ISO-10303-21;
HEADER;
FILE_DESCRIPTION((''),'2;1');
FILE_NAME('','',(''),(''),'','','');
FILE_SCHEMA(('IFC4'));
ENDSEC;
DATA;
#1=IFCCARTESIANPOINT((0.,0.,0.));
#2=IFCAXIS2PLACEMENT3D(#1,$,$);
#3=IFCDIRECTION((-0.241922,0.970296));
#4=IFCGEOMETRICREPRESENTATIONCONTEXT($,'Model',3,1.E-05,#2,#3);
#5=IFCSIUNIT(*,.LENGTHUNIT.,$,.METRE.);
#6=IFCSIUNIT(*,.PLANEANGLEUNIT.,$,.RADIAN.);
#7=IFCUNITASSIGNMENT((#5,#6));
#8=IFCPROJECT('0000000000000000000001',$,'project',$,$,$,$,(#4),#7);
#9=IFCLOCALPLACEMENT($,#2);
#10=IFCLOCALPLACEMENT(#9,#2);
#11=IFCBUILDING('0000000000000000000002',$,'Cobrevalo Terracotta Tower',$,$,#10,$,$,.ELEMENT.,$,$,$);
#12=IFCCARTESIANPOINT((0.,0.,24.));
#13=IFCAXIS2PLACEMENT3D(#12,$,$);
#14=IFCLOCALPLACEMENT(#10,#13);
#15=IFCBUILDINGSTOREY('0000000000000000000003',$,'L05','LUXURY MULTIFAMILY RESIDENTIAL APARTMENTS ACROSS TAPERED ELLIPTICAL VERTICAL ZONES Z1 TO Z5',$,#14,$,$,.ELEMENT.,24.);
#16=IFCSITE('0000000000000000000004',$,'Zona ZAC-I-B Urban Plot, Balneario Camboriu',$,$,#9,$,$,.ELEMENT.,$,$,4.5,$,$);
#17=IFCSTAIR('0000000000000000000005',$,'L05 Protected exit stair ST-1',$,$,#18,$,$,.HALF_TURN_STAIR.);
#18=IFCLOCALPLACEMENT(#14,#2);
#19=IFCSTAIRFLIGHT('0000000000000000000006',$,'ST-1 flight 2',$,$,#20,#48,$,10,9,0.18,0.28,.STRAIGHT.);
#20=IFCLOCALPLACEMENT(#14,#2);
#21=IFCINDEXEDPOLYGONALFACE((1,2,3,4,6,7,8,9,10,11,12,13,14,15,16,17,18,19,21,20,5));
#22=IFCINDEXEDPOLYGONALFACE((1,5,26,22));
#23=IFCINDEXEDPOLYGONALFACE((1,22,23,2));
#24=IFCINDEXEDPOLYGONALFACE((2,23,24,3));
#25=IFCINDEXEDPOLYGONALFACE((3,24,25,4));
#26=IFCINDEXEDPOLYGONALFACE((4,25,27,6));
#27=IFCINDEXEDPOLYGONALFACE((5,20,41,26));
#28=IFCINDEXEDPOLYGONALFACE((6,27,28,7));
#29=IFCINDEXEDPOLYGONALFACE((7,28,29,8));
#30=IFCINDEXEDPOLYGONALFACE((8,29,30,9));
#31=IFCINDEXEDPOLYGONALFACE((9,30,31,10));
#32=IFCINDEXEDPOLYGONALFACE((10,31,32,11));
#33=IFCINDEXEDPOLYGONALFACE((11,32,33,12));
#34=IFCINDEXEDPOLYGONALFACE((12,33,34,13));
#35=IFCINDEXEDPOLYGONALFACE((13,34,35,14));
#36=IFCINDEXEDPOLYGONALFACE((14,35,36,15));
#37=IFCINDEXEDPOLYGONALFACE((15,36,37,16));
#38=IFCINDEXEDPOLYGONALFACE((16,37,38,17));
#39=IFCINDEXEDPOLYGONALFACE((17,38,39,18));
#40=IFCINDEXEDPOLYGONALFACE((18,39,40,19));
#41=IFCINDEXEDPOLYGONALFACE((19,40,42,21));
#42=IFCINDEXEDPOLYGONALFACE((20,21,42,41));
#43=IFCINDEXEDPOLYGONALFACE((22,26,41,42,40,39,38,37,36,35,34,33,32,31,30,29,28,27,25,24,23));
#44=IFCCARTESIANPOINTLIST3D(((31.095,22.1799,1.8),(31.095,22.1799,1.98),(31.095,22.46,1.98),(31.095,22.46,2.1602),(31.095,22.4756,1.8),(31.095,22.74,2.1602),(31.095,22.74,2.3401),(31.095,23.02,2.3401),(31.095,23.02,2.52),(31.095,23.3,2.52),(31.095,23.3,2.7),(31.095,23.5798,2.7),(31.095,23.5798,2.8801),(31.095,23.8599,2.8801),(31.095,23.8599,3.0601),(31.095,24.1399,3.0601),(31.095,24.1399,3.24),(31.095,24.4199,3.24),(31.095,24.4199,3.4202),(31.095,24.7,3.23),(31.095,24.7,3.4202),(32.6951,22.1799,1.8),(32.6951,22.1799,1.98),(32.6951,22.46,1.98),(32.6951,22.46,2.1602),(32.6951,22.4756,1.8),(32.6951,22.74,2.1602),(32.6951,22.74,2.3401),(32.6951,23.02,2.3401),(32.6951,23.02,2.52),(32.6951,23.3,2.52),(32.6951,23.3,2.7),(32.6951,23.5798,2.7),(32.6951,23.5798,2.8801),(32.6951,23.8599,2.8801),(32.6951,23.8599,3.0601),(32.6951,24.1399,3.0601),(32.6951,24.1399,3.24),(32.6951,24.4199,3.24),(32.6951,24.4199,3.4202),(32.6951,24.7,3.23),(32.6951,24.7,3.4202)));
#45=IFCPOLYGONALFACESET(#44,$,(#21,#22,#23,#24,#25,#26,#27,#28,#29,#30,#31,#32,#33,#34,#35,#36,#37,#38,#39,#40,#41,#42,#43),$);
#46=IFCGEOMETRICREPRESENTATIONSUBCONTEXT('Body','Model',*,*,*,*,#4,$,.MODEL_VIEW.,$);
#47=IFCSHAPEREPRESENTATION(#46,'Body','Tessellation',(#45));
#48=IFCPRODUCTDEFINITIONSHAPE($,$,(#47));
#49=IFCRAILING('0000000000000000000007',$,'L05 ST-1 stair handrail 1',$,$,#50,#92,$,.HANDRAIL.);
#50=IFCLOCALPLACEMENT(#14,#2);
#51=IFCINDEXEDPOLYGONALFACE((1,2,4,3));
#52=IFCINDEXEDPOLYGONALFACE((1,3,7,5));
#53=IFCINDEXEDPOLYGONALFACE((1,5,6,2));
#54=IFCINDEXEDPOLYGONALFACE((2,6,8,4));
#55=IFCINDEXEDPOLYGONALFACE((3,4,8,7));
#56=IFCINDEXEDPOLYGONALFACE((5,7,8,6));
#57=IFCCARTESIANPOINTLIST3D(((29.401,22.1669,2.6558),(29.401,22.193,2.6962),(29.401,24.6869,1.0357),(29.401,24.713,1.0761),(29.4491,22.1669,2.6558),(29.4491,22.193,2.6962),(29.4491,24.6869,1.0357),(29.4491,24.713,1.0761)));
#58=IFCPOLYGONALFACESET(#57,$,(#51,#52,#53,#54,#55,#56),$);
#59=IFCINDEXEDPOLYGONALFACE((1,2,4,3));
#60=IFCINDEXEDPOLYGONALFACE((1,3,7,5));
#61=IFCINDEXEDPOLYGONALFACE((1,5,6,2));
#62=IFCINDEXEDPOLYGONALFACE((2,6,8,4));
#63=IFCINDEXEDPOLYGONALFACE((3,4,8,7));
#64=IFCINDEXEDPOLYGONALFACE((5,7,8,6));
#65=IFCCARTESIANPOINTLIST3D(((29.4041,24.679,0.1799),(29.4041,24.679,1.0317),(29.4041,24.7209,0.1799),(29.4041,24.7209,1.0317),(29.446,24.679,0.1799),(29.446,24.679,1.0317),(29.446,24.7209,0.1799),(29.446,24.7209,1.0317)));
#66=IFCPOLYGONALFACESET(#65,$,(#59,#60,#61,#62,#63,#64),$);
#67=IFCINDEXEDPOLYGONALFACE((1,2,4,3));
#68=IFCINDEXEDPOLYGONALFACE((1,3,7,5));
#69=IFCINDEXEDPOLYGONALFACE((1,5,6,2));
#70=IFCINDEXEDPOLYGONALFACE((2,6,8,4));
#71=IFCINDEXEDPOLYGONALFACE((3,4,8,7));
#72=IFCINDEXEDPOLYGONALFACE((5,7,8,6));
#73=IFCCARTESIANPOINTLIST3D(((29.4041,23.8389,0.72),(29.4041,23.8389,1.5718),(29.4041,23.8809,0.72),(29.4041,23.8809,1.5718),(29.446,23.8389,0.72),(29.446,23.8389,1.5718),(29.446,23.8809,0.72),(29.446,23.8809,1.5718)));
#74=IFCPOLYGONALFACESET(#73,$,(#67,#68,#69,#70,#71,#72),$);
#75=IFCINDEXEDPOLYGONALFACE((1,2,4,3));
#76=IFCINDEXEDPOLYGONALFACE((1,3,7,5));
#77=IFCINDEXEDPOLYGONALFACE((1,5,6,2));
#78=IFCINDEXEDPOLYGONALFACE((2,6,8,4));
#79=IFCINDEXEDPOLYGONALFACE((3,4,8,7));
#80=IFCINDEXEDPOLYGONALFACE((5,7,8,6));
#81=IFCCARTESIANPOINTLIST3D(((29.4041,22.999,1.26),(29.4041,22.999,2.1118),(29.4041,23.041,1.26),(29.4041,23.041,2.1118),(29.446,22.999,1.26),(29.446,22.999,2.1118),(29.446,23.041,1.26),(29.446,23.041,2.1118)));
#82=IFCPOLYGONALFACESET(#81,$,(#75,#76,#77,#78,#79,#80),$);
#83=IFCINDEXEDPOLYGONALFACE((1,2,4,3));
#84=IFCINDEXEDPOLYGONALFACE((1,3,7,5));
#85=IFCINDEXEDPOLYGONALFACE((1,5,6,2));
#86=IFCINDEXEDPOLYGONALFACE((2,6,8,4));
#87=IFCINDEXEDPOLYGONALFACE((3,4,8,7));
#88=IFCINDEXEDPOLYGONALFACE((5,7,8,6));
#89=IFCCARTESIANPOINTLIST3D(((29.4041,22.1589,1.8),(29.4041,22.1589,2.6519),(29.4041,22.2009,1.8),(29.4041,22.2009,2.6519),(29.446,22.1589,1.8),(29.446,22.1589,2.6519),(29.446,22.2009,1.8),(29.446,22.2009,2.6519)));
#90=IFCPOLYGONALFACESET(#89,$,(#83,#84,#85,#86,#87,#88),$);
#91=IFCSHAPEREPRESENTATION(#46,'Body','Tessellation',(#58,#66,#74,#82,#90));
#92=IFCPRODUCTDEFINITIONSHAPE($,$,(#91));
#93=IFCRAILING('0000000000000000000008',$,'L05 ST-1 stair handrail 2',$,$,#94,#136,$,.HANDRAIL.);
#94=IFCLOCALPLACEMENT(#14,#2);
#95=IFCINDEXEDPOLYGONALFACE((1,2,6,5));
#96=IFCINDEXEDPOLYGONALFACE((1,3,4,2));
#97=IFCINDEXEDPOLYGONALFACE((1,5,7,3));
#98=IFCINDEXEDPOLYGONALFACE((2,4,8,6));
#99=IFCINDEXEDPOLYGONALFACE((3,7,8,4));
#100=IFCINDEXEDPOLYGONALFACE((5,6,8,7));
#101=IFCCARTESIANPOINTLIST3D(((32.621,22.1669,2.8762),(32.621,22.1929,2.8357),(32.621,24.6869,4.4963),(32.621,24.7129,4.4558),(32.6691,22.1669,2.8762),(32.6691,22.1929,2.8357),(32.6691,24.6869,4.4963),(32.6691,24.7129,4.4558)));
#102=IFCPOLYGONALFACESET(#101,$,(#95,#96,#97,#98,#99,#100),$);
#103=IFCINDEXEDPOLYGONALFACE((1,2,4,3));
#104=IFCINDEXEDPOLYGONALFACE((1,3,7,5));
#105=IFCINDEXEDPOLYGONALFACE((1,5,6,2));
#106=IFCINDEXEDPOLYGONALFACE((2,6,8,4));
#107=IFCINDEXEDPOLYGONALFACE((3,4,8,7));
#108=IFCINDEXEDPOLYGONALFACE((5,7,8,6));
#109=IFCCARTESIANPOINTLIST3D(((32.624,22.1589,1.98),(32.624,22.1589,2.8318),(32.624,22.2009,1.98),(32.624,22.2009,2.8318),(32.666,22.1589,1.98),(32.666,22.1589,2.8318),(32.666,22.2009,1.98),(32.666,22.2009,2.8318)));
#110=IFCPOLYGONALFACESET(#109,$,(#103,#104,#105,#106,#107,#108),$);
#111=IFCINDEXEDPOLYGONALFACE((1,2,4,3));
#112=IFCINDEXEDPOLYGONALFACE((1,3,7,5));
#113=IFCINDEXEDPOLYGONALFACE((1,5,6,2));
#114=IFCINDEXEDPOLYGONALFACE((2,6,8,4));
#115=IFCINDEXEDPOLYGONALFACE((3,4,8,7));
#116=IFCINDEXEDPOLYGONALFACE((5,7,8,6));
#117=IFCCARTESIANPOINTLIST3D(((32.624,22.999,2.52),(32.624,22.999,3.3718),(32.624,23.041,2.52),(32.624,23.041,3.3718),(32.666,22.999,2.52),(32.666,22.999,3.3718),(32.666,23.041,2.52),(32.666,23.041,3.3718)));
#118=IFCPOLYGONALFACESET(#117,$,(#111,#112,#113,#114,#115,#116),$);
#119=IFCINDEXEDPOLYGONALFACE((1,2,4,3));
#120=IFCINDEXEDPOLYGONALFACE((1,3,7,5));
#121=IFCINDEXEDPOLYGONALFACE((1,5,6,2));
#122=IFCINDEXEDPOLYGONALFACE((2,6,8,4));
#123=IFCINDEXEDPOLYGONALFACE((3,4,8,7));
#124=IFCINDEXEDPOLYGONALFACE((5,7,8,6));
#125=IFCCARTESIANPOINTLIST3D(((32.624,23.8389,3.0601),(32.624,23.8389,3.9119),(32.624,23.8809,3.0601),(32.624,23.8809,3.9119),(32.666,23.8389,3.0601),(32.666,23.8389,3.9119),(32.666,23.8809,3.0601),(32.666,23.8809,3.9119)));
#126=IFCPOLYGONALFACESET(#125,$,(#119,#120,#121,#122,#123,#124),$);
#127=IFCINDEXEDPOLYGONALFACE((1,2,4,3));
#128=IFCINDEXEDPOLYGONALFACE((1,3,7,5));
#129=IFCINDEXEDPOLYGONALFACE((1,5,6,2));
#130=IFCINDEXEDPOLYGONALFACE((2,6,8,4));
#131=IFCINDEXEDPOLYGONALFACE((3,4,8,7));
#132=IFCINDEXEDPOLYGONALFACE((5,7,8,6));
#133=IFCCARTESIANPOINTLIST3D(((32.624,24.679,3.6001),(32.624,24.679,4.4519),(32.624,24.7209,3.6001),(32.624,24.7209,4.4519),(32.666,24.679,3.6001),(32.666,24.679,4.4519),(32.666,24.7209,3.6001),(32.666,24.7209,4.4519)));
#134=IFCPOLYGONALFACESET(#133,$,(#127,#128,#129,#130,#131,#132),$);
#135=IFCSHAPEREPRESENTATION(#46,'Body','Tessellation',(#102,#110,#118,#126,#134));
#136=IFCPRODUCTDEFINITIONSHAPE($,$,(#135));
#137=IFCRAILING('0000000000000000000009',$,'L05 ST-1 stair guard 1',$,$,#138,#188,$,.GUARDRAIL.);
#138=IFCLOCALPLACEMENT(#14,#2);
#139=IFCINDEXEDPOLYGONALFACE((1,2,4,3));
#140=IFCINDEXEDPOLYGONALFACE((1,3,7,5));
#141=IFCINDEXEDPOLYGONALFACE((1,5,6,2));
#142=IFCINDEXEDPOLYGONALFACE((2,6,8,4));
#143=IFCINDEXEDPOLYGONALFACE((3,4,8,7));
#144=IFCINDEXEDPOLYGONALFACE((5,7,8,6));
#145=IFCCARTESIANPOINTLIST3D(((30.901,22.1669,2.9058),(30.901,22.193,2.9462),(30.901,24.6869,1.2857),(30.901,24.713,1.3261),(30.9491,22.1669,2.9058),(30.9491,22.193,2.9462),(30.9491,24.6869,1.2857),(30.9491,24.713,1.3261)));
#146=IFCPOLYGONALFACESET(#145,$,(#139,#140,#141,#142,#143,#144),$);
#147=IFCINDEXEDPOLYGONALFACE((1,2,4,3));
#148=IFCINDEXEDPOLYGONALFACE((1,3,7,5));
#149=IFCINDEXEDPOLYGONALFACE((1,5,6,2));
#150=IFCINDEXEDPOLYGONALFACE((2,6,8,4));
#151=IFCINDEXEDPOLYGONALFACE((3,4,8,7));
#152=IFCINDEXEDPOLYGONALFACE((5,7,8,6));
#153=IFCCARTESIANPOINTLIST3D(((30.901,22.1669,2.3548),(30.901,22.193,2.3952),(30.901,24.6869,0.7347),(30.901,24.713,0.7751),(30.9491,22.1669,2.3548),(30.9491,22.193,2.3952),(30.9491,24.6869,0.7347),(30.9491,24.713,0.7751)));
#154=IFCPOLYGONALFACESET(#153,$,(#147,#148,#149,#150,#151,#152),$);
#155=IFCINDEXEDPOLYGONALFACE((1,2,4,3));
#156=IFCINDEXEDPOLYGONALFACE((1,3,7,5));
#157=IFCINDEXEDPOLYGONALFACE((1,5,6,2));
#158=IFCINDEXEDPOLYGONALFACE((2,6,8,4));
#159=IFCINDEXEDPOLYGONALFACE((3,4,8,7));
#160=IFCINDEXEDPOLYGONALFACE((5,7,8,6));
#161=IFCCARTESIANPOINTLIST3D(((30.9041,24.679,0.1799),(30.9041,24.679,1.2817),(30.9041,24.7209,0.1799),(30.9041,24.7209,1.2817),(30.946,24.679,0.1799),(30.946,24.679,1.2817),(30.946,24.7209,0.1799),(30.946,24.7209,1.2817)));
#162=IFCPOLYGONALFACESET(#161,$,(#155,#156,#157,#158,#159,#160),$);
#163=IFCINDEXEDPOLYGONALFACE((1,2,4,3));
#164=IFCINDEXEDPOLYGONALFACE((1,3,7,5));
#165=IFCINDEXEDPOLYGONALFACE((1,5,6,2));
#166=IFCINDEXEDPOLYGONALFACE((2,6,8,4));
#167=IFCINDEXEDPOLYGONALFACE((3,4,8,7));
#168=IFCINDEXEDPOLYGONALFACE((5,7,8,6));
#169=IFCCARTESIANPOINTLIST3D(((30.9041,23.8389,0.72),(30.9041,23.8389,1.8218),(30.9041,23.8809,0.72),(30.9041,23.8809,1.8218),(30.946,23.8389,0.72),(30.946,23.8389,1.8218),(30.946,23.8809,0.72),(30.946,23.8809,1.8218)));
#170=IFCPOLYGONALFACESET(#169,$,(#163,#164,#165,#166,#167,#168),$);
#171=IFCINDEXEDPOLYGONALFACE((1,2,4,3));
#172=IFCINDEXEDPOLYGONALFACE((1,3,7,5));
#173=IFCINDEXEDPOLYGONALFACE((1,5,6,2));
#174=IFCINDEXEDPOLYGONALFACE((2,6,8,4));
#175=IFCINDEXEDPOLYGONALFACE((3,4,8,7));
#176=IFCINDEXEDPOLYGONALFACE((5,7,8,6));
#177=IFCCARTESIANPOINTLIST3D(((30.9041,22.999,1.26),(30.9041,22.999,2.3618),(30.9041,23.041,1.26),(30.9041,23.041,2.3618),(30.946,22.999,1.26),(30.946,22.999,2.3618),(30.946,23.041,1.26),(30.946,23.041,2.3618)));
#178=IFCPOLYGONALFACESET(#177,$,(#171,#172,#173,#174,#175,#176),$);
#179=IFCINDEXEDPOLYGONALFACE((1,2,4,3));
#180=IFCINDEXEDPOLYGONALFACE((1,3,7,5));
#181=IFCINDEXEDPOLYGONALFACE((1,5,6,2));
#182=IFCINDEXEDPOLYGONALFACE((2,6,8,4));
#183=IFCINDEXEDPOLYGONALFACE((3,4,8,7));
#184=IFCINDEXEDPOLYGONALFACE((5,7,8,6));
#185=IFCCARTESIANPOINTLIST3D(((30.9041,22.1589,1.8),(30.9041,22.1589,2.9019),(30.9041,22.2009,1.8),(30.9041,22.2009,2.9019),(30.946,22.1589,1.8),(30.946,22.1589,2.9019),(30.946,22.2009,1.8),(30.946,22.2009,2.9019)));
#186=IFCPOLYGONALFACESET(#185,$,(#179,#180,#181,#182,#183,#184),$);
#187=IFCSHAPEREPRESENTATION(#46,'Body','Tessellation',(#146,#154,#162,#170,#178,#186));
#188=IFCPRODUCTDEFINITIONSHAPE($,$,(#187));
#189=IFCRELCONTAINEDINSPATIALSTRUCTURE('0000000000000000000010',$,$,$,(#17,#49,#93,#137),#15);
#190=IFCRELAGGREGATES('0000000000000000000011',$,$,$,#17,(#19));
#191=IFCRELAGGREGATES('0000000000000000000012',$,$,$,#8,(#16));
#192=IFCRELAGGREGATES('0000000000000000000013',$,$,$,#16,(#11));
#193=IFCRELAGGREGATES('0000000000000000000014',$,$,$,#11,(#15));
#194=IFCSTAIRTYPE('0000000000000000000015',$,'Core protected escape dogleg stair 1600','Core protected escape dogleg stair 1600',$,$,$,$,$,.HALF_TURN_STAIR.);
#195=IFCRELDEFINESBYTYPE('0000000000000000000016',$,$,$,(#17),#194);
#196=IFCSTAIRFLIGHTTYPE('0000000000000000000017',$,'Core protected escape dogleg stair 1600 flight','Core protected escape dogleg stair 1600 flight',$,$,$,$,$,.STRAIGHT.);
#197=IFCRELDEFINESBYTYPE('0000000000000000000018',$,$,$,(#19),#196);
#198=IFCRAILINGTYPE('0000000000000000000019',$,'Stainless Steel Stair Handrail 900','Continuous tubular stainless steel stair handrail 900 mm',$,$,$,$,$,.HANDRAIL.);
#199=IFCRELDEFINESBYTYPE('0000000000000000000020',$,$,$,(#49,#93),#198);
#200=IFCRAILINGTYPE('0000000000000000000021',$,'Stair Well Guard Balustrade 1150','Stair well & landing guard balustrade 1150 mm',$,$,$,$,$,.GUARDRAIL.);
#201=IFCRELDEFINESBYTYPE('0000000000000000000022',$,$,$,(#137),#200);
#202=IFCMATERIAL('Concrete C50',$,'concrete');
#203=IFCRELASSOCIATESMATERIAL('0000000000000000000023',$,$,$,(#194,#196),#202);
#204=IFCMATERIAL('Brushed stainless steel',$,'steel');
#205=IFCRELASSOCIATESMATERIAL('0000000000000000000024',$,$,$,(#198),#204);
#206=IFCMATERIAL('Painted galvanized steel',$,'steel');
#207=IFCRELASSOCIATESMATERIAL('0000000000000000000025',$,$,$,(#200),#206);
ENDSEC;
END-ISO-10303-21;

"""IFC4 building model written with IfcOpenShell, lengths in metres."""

from ifc_helpers import new_model, si_unit, direction, frame, origin, origin_2d, place, context, subcontext, project, spatial, polyline, rectangle, outline, extrude, material, type_object, element, aggregate, save


model = new_model("IFC4")

# Units and contexts
model_context = context("Model", 3, precision=1e-05, world=origin(), true_north=direction((-0.241922, 0.970296)))
body_context = subcontext(model_context, "Body", "Model", "MODEL_VIEW")
ifc_project = project(units=[si_unit("LENGTHUNIT", "METRE"), si_unit("PLANEANGLEUNIT", "RADIAN")], contexts=[model_context])

# Site, building, storey
site_placement = place(None, origin())
site = spatial("IfcSite", under=ifc_project, at=site_placement, Name="Zona ZAC-I-B Urban Plot, Balneario Camboriu", CompositionType="ELEMENT", RefElevation=4.5)
building_placement = place(site_placement, origin())
building = spatial("IfcBuilding", under=site, at=building_placement, Name="Cobrevalo Terracotta Tower", CompositionType="ELEMENT")
storey_placement = place(building_placement, frame((0.0, 0.0, 24.0)))
storey = spatial("IfcBuildingStorey", under=building, at=storey_placement, Name="L05", Description="LUXURY MULTIFAMILY RESIDENTIAL APARTMENTS ACROSS TAPERED ELLIPTICAL VERTICAL ZONES Z1 TO Z5", CompositionType="ELEMENT", Elevation=24.0)

# Shared definitions
ifc_material_1 = material(Name="Brushed stainless steel", Category="steel")

# Shared definitions
ifc_material_2 = material(Name="Concrete C50", Category="concrete")

# Stair, stair flight
stair_type = type_object("IfcStairType", Name="Core protected escape dogleg stair 1600", Description="Core protected escape dogleg stair 1600", PredefinedType="HALF_TURN_STAIR", material=ifc_material_2)
stair_placement = place(storey_placement, origin())
stair = element("IfcStair", 1, at=stair_placement, inside=storey, type_object=stair_type, Name="L05 Protected exit stair ST-1", PredefinedType="HALF_TURN_STAIR")
stair_flight_type = type_object("IfcStairFlightType", Name="Core protected escape dogleg stair 1600 flight", Description="Core protected escape dogleg stair 1600 flight", PredefinedType="STRAIGHT", material=ifc_material_2)
stair_flight_1_placement = place(storey_placement, frame((31.895, 22.1799, 1.8), z_axis=(0.0, 0.0, 1.0), x_axis=(0.0, 1.0, 0.0)))
stair_flight_1 = element("IfcStairFlight", 2, at=stair_flight_1_placement, type_object=stair_flight_type, Name="ST-1 flight 2", NumberOfRisers=10, NumberOfTreads=9, PredefinedType="STRAIGHT", RiserHeight=0.18, TreadLength=0.28, context=body_context, shape_type="SweptSolid", body=[
    extrude(outline(polyline([(0.0, 0.0), (0.0, 0.1799), (0.28, 0.1799), (0.28, 0.3601), (0.5601, 0.3601), (0.5601, 0.54), (0.8401, 0.54), (0.8401, 0.72), (1.1201, 0.72), (1.1201, 0.8999), (1.3999, 0.8999), (1.3999, 1.0801), (1.6799, 1.0801), (1.6799, 1.26), (1.96, 1.26), (1.96, 1.4399), (2.24, 1.4399), (2.24, 1.6201), (2.52, 1.6201), (2.52, 1.8), (2.52, 1.4299), (0.2957, 0.0), (0.0, 0.0)])), frame((0.0, 0.8, 0.0), z_axis=(0.0, -1.0, 0.0), x_axis=(1.0, 0.0, 0.0)), (0.0, 0.0, 1.0), 1.6001),
])
aggregate(stair, [stair_flight_1])

# Railings
railing_type_1 = type_object("IfcRailingType", Name="Stainless Steel Stair Handrail 900", Description="Continuous tubular stainless steel stair handrail 900 mm", PredefinedType="HANDRAIL", material=ifc_material_1)
railing_1_placement = place(storey_placement, frame((29.425, 24.7, 0.1799)))
element("IfcRailing", 3, at=railing_1_placement, inside=storey, type_object=railing_type_1, Name="L05 ST-1 stair handrail 1", PredefinedType="HANDRAIL", context=body_context, shape_type="SweptSolid", body=[
    extrude(rectangle(XDim=0.0481, YDim=0.0481, at=origin_2d()), frame((0.0, 0.0, 0.876), z_axis=(0.0, -0.841163, 0.540782), x_axis=(1.0, 0.0, 0.0)), (0.0, 0.0, 1.0), 2.9958),
    extrude(rectangle(XDim=0.042, YDim=0.042, at=origin_2d()), origin(), (0.0, 0.0, 1.0), 0.8518),
    extrude(rectangle(XDim=0.042, YDim=0.042, at=origin_2d()), frame((0.0, -0.8401, 0.54)), (0.0, 0.0, 1.0), 0.8518),
    extrude(rectangle(XDim=0.042, YDim=0.042, at=origin_2d()), frame((0.0, -1.6799, 1.0801)), (0.0, 0.0, 1.0), 0.8518),
    extrude(rectangle(XDim=0.042, YDim=0.042, at=origin_2d()), frame((0.0, -2.52, 1.6201)), (0.0, 0.0, 1.0), 0.8518),
])
railing_2_placement = place(storey_placement, frame((32.645, 22.1799, 1.98)))
element("IfcRailing", 4, at=railing_2_placement, inside=storey, type_object=railing_type_1, Name="L05 ST-1 stair handrail 2", PredefinedType="HANDRAIL", context=body_context, shape_type="SweptSolid", body=[
    extrude(rectangle(XDim=0.0481, YDim=0.0481, at=origin_2d()), frame((0.0, 0.0, 0.876), z_axis=(0.0, 0.841163, 0.540782), x_axis=(-1.0, 0.0, 0.0)), (0.0, 0.0, 1.0), 2.9958),
    extrude(rectangle(XDim=0.042, YDim=0.042, at=origin_2d()), origin(), (0.0, 0.0, 1.0), 0.8518),
    extrude(rectangle(XDim=0.042, YDim=0.042, at=origin_2d()), frame((0.0, 0.8401, 0.54)), (0.0, 0.0, 1.0), 0.8518),
    extrude(rectangle(XDim=0.042, YDim=0.042, at=origin_2d()), frame((0.0, 1.6799, 1.0801)), (0.0, 0.0, 1.0), 0.8518),
    extrude(rectangle(XDim=0.042, YDim=0.042, at=origin_2d()), frame((0.0, 2.52, 1.6201)), (0.0, 0.0, 1.0), 0.8518),
])
ifc_material_3 = material(Name="Painted galvanized steel", Category="steel")
railing_type_2 = type_object("IfcRailingType", Name="Stair Well Guard Balustrade 1150", Description="Stair well & landing guard balustrade 1150 mm", PredefinedType="GUARDRAIL", material=ifc_material_3)
railing_3_placement = place(storey_placement, frame((30.925, 24.7, 0.1799)))
element("IfcRailing", 5, at=railing_3_placement, inside=storey, type_object=railing_type_2, Name="L05 ST-1 stair guard 1", PredefinedType="GUARDRAIL", context=body_context, shape_type="SweptSolid", body=[
    extrude(rectangle(XDim=0.0481, YDim=0.0481, at=origin_2d()), frame((0.0, 0.0, 1.126), z_axis=(0.0, -0.841163, 0.540782), x_axis=(1.0, 0.0, 0.0)), (0.0, 0.0, 1.0), 2.9958),
    extrude(rectangle(XDim=0.0481, YDim=0.0481, at=origin_2d()), frame((0.0, 0.0, 0.575), z_axis=(0.0, -0.841163, 0.540782), x_axis=(1.0, 0.0, 0.0)), (0.0, 0.0, 1.0), 2.9958),
    extrude(rectangle(XDim=0.042, YDim=0.042, at=origin_2d()), origin(), (0.0, 0.0, 1.0), 1.1018),
    extrude(rectangle(XDim=0.042, YDim=0.042, at=origin_2d()), frame((0.0, -0.8401, 0.54)), (0.0, 0.0, 1.0), 1.1018),
    extrude(rectangle(XDim=0.042, YDim=0.042, at=origin_2d()), frame((0.0, -1.6799, 1.0801)), (0.0, 0.0, 1.0), 1.1018),
    extrude(rectangle(XDim=0.042, YDim=0.042, at=origin_2d()), frame((0.0, -2.52, 1.6201)), (0.0, 0.0, 1.0), 1.1018),
])

save(model, "model.ifc")
